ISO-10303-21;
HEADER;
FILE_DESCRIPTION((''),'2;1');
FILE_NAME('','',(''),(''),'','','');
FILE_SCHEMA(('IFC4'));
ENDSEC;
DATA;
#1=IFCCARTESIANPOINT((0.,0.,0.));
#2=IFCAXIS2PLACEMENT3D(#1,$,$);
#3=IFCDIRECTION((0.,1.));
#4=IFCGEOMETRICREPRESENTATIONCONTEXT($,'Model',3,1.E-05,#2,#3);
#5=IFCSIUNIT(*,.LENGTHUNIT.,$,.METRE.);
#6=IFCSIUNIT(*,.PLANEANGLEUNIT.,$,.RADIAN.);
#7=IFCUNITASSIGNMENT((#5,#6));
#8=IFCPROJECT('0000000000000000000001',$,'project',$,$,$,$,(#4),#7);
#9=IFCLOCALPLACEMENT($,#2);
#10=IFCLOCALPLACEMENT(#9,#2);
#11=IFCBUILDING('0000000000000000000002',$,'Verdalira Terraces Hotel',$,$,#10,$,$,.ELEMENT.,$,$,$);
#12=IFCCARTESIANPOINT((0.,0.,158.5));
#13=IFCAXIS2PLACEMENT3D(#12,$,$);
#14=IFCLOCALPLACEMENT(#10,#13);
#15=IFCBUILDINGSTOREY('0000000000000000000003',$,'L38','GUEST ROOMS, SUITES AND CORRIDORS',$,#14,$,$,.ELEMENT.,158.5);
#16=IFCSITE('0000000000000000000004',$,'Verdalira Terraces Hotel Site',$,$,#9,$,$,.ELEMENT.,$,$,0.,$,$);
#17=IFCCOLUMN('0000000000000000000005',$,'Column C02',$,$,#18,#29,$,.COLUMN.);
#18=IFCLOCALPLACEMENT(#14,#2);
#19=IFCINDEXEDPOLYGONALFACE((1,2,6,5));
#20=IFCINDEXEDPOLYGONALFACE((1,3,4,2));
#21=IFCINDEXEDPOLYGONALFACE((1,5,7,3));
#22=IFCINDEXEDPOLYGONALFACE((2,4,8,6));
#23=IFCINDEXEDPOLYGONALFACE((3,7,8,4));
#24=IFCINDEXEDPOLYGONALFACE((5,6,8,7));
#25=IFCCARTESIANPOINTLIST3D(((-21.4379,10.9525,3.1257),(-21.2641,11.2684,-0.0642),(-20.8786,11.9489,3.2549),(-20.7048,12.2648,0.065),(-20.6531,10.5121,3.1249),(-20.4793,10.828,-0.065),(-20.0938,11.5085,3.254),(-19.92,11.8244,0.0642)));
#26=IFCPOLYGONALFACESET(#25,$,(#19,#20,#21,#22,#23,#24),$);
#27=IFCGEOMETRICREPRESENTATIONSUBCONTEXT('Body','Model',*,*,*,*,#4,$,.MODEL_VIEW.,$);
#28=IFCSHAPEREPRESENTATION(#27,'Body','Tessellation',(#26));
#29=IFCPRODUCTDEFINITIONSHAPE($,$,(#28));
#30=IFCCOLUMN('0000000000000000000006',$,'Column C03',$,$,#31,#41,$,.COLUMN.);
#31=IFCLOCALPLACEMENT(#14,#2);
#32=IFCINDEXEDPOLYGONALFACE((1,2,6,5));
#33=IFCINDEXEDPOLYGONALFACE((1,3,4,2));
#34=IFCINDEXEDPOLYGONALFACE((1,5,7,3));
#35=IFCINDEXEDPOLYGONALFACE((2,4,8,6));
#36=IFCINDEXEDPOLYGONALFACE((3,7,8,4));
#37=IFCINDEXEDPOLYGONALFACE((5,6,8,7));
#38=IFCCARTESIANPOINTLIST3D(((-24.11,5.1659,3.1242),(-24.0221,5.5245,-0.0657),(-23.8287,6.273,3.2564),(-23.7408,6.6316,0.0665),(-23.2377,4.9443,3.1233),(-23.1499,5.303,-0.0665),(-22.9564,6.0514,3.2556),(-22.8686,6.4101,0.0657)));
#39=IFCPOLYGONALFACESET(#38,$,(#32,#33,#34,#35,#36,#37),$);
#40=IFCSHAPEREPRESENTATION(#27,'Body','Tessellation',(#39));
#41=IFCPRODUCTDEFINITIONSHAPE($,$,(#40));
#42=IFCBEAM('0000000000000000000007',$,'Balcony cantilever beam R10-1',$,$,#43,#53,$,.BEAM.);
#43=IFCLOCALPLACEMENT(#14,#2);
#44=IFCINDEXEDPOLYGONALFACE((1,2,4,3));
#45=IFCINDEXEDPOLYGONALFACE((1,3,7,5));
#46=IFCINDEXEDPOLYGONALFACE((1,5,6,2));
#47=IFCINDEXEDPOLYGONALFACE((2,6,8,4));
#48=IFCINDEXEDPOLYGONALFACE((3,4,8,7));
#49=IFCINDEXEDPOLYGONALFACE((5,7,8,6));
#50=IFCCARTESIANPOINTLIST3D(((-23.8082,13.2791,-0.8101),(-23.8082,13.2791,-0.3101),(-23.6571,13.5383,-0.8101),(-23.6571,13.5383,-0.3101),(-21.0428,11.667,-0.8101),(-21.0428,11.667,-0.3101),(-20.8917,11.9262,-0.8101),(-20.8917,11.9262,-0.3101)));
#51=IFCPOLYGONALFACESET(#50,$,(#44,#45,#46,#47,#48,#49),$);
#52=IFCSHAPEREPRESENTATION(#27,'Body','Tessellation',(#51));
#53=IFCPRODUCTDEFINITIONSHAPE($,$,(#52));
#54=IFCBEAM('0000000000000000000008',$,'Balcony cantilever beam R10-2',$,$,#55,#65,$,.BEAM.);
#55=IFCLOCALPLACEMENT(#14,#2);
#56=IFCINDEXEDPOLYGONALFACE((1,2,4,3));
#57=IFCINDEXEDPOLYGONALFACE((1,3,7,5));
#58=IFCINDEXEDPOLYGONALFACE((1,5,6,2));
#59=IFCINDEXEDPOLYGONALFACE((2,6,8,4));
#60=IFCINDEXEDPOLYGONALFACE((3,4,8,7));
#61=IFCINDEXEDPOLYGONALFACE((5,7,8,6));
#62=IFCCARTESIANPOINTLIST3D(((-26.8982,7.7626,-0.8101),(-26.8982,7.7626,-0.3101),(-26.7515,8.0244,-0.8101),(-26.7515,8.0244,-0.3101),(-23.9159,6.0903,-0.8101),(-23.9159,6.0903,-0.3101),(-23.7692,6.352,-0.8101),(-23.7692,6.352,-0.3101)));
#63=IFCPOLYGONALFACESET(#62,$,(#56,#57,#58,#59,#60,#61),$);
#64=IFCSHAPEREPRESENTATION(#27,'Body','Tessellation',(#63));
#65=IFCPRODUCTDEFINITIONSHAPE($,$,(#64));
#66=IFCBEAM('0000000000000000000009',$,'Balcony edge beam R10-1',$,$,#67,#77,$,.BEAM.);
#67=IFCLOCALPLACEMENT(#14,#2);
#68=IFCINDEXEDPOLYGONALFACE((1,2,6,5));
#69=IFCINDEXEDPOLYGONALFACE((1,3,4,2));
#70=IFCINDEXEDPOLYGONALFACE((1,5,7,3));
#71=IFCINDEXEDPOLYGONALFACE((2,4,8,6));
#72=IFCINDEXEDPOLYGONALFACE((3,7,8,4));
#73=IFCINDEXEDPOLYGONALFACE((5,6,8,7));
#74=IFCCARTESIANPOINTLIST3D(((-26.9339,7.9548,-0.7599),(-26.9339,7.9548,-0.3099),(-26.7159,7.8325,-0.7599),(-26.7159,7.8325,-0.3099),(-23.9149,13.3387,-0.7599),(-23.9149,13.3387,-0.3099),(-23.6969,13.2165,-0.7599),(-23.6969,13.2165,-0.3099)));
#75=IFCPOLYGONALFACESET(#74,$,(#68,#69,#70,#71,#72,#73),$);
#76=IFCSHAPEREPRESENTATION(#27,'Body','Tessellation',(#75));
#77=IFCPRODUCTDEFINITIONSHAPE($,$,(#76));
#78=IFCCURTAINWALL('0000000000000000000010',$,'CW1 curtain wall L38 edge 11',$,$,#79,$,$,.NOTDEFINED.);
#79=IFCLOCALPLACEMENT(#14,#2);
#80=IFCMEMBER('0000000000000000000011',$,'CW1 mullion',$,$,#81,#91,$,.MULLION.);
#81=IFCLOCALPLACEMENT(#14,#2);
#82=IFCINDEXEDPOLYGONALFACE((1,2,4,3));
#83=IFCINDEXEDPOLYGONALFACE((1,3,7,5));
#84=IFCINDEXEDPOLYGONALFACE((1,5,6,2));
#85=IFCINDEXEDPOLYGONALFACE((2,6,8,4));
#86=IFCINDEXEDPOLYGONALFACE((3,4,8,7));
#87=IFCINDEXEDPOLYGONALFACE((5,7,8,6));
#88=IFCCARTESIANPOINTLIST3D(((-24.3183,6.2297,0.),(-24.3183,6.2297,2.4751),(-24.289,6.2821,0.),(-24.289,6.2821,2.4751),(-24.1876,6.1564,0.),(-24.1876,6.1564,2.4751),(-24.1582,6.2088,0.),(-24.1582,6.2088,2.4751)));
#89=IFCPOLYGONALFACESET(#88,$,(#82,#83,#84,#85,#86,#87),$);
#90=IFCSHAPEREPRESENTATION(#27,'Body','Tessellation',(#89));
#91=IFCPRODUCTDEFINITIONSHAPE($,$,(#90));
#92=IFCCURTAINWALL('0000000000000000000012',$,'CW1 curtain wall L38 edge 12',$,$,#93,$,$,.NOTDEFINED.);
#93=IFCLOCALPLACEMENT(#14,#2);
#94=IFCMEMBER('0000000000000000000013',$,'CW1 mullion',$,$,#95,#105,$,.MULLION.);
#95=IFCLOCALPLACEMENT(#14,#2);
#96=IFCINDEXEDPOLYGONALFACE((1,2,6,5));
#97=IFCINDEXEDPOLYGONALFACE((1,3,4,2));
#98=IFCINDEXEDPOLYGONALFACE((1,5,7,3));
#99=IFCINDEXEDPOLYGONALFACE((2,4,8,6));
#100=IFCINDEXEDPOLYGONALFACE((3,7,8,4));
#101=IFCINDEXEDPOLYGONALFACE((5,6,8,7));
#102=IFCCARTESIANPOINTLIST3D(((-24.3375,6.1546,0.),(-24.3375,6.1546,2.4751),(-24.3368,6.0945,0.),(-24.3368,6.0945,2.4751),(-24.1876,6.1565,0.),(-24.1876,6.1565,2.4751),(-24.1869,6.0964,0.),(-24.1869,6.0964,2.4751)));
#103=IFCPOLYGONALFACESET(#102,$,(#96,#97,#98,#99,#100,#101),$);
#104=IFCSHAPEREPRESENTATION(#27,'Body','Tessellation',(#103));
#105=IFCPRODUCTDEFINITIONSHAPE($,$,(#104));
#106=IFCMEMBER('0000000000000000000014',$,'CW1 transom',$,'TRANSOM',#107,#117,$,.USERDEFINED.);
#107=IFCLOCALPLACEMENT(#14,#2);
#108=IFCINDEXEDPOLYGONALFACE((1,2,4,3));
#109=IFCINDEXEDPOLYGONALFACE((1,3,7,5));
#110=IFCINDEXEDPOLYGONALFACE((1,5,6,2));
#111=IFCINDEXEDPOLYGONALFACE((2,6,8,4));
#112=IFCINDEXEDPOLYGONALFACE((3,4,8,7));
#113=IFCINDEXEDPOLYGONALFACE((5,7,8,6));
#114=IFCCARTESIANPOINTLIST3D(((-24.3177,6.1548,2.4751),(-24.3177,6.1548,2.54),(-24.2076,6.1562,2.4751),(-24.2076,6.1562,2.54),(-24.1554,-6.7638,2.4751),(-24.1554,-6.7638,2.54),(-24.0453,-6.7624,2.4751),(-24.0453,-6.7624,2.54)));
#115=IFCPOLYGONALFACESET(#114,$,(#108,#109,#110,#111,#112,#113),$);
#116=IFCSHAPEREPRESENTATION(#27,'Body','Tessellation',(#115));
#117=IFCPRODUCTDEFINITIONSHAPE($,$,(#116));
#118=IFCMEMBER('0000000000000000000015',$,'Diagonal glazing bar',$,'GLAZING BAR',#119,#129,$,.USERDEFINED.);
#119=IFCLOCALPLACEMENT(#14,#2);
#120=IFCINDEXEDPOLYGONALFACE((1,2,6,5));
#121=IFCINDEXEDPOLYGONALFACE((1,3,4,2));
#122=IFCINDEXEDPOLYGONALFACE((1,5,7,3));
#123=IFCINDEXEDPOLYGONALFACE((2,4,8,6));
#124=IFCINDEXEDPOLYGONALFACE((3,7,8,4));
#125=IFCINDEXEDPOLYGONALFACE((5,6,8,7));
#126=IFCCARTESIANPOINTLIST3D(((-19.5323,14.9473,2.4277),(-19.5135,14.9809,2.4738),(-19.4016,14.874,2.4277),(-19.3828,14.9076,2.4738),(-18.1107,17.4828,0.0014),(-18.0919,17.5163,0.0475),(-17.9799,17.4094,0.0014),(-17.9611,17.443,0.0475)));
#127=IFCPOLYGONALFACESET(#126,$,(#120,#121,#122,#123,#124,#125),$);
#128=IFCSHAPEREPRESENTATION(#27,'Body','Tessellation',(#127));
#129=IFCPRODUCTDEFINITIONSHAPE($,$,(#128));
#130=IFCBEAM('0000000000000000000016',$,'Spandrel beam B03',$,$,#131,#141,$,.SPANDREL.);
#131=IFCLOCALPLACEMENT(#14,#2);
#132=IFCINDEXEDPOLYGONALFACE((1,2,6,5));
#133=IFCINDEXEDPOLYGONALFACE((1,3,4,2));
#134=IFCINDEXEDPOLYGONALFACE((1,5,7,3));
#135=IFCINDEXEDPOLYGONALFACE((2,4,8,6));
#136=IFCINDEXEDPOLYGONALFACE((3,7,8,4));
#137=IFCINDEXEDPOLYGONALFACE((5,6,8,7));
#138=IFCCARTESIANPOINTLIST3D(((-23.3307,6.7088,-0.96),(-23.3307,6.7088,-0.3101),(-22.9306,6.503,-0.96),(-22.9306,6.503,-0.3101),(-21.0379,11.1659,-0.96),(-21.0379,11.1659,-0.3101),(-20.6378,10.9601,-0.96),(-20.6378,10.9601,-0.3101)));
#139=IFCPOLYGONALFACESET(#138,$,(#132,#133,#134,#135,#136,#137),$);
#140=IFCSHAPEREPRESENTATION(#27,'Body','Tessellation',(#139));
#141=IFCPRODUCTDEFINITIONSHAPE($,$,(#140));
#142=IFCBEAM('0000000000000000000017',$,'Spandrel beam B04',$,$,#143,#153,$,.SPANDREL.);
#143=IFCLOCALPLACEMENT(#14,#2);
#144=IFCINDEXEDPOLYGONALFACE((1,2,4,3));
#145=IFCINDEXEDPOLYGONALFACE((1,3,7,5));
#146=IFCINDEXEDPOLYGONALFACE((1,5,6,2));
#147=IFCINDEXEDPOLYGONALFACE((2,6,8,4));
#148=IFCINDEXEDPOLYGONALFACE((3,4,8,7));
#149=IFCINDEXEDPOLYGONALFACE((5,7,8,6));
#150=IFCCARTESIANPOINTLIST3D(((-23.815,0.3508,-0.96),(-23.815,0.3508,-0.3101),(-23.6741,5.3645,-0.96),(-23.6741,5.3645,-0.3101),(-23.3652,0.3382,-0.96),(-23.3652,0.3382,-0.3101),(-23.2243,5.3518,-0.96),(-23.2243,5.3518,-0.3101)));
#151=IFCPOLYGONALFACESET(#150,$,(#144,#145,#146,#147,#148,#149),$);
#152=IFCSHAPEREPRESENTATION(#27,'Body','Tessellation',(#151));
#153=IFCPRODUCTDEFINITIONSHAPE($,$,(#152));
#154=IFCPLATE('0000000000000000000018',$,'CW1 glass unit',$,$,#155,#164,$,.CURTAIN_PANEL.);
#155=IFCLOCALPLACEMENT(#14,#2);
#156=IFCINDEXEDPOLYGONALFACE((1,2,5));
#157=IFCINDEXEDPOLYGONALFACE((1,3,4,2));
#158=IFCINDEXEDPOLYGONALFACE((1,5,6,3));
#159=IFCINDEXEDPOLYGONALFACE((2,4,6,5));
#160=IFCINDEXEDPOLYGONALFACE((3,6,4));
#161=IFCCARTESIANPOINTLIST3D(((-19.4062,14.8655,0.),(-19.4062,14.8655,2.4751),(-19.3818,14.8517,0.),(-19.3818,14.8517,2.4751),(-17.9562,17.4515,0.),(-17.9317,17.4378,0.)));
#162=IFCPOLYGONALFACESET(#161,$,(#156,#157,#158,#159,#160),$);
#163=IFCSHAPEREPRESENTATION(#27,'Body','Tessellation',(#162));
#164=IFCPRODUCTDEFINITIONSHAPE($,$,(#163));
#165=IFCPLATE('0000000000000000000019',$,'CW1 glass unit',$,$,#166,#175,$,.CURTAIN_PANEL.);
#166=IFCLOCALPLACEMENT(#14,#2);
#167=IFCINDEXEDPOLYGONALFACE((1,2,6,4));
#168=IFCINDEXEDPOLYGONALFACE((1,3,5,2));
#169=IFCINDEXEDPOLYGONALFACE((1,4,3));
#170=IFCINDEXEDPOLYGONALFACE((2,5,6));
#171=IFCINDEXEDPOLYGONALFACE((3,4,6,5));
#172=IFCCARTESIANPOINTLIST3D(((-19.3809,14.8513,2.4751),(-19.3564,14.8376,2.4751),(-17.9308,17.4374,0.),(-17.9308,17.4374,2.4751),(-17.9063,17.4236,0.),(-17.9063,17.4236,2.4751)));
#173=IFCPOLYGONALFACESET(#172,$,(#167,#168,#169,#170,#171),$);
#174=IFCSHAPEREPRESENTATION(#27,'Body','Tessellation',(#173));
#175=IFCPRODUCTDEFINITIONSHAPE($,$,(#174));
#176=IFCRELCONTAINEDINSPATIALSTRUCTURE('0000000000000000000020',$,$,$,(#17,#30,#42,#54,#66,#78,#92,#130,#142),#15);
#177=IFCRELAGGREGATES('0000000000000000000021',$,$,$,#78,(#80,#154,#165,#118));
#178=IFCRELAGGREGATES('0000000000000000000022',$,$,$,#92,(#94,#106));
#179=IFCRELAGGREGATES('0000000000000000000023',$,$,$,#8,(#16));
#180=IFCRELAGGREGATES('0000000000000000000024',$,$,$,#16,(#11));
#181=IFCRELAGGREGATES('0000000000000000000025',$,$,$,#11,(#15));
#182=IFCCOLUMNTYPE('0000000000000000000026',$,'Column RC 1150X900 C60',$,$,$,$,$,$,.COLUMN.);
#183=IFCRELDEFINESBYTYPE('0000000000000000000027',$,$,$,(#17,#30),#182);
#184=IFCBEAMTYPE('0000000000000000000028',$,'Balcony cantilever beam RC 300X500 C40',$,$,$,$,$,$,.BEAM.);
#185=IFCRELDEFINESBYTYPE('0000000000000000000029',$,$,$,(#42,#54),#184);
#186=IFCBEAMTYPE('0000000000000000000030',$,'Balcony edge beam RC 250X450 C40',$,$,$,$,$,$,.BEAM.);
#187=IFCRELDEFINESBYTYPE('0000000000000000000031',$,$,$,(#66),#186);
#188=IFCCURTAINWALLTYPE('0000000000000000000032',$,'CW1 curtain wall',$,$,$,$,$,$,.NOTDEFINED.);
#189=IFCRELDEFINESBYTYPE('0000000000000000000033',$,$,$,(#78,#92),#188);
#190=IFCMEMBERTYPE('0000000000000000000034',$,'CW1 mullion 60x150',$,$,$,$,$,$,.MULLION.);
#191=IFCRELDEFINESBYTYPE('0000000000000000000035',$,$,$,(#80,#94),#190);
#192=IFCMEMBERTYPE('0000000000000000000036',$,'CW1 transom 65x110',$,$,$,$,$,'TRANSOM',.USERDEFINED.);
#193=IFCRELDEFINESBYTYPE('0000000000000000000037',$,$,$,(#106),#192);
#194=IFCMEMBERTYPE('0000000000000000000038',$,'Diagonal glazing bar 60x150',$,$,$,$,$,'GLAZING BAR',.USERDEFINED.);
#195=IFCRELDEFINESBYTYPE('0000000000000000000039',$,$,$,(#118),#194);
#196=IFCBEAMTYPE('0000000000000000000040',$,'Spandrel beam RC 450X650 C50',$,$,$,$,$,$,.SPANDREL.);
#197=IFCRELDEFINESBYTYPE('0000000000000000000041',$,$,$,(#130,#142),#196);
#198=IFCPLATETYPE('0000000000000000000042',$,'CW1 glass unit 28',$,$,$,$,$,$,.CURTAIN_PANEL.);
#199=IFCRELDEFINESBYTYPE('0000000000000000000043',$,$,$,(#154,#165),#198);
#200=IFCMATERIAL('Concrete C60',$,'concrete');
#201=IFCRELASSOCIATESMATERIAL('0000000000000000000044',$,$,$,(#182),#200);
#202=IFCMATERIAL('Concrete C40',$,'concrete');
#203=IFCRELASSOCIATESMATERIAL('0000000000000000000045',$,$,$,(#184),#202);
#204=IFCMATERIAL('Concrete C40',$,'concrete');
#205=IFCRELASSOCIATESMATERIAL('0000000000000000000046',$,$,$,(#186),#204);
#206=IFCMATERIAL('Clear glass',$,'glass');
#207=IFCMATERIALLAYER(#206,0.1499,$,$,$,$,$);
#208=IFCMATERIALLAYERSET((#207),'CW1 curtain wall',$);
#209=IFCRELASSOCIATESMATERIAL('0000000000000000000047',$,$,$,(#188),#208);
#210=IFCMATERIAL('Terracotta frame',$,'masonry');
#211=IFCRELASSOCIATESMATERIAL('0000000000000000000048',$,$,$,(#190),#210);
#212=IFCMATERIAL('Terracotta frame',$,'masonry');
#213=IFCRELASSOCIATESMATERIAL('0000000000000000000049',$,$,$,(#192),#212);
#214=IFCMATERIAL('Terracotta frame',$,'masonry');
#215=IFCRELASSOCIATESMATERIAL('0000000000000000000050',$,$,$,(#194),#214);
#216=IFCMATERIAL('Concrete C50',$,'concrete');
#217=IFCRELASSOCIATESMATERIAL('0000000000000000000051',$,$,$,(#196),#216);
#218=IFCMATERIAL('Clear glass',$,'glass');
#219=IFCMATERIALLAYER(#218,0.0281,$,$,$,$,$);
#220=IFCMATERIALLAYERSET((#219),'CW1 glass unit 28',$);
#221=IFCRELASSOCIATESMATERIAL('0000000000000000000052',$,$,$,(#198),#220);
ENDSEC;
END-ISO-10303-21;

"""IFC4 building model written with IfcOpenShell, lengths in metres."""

from ifc_helpers import new_model, si_unit, direction, frame, origin, origin_2d, place, context, subcontext, project, spatial, polyline, rectangle, outline, extrude, material, layer, layer_set, material_profile, profile_set, type_object, element, aggregate, save


model = new_model("IFC4")

# Units and contexts
model_context = context("Model", 3, precision=1e-05, world=origin(), true_north=direction((0.0, 1.0)))
body_context = subcontext(model_context, "Body", "Model", "MODEL_VIEW")
ifc_project = project(units=[si_unit("LENGTHUNIT", "METRE"), si_unit("PLANEANGLEUNIT", "RADIAN")], contexts=[model_context])

# Site, building, storey
site_placement = place(None, origin())
site = spatial("IfcSite", under=ifc_project, at=site_placement, Name="Verdalira Terraces Hotel Site", CompositionType="ELEMENT", RefElevation=0.0)
building_placement = place(site_placement, origin())
building = spatial("IfcBuilding", under=site, at=building_placement, Name="Verdalira Terraces Hotel", CompositionType="ELEMENT")
storey_placement = place(building_placement, frame((0.0, 0.0, 158.5)))
storey = spatial("IfcBuildingStorey", under=building, at=storey_placement, Name="L38", Description="GUEST ROOMS, SUITES AND CORRIDORS", CompositionType="ELEMENT", Elevation=158.5)

# Columns
ifc_material_1 = material(Name="Concrete C60", Category="concrete")
ifc_material_profile_1 = material_profile(ifc_material_1, rectangle(XDim=1.1499, YDim=0.8999, at=origin_2d()), Name="RC 1150X900")
ifc_profile_set_1 = profile_set([ifc_material_profile_1], Name="Concrete C60")
column_type = type_object("IfcColumnType", Name="Column RC 1150X900 C60", PredefinedType="COLUMN", material=ifc_profile_set_1)
column_1_placement = place(storey_placement, frame((-20.592, 11.5464, 0.0), z_axis=(-0.054148, -0.098409, 0.993672), x_axis=(-0.486394, -0.86649, -0.112318)))
element("IfcColumn", 1, at=column_1_placement, inside=storey, type_object=column_type, Name="Column C02", PredefinedType="COLUMN", context=body_context, shape_type="SweptSolid", body=[
    extrude(rectangle(XDim=1.1499, YDim=0.8999, at=origin_2d()), origin(), (0.0, 0.0, 1.0), 3.2102),
])
column_2_placement = place(storey_placement, frame((-23.4453, 5.9673, 0.0), z_axis=(-0.02737, -0.111683, 0.993367), x_axis=(0.244625, 0.962776, 0.114984)))
element("IfcColumn", 2, at=column_2_placement, inside=storey, type_object=column_type, Name="Column C03", PredefinedType="COLUMN", context=body_context, shape_type="SweptSolid", body=[
    extrude(rectangle(XDim=1.1499, YDim=0.8999, at=origin_2d()), origin(), (0.0, 0.0, 1.0), 3.2112),
])

# Beams
ifc_material_2 = material(Name="Concrete C40", Category="concrete")
ifc_material_profile_2 = material_profile(ifc_material_2, rectangle(XDim=0.3, YDim=0.5, at=origin_2d()), Name="RC 300X500")
ifc_profile_set_2 = profile_set([ifc_material_profile_2], Name="Concrete C40")
beam_type_1 = type_object("IfcBeamType", Name="Balcony cantilever beam RC 300X500 C40", PredefinedType="BEAM", material=ifc_profile_set_2)
beam_1_placement = place(storey_placement, frame((-20.9673, 11.7966, -0.5601), z_axis=(-0.863925, 0.50362, 0.0), x_axis=(-0.50362, -0.863925, 0.0)))
element("IfcBeam", 3, at=beam_1_placement, inside=storey, type_object=beam_type_1, Name="Balcony cantilever beam R10-1", PredefinedType="BEAM", context=body_context, shape_type="SweptSolid", body=[
    extrude(rectangle(XDim=0.3, YDim=0.5, at=origin_2d()), origin(), (0.0, 0.0, 1.0), 3.2009),
])
beam_2_placement = place(storey_placement, frame((-23.8425, 6.2212, -0.5601), z_axis=(-0.872231, 0.489095, 0.0), x_axis=(-0.489095, -0.872231, 0.0)))
element("IfcBeam", 4, at=beam_2_placement, inside=storey, type_object=beam_type_1, Name="Balcony cantilever beam R10-2", PredefinedType="BEAM", context=body_context, shape_type="SweptSolid", body=[
    extrude(rectangle(XDim=0.3, YDim=0.5, at=origin_2d()), origin(), (0.0, 0.0, 1.0), 3.4192),
])
ifc_material_3 = material(Name="Concrete C40", Category="concrete")
ifc_material_profile_3 = material_profile(ifc_material_3, rectangle(XDim=0.25, YDim=0.45, at=origin_2d()), Name="RC 250X450")
ifc_profile_set_3 = profile_set([ifc_material_profile_3], Name="Concrete C40")
beam_type_2 = type_object("IfcBeamType", Name="Balcony edge beam RC 250X450 C40", PredefinedType="BEAM", material=ifc_profile_set_3)
beam_3_placement = place(storey_placement, frame((-23.8059, 13.2776, -0.5349), z_axis=(-0.489095, -0.872231, 0.0), x_axis=(0.872231, -0.489095, 0.0)))
element("IfcBeam", 5, at=beam_3_placement, inside=storey, type_object=beam_type_2, Name="Balcony edge beam R10-1", PredefinedType="BEAM", context=body_context, shape_type="SweptSolid", body=[
    extrude(rectangle(XDim=0.25, YDim=0.45, at=origin_2d()), origin(), (0.0, 0.0, 1.0), 6.1726),
])

# Curtain wall, member
ifc_material_4 = material(Name="Clear glass", Category="glass")
ifc_layer_1 = layer(ifc_material_4, 0.1499)
ifc_layer_set_1 = layer_set([ifc_layer_1], Name="CW1 curtain wall")
curtain_wall_type = type_object("IfcCurtainWallType", Name="CW1 curtain wall", PredefinedType="NOTDEFINED", material=ifc_layer_set_1)
curtain_wall_1_placement = place(storey_placement, origin())
curtain_wall_1 = element("IfcCurtainWall", 6, at=curtain_wall_1_placement, inside=storey, type_object=curtain_wall_type, Name="CW1 curtain wall L38 edge 11", PredefinedType="NOTDEFINED")
ifc_material_5 = material(Name="Terracotta frame", Category="masonry")
ifc_material_profile_4 = material_profile(ifc_material_5, rectangle(XDim=0.0601, YDim=0.1499, at=origin_2d()), Name="MU 60x150")
ifc_profile_set_4 = profile_set([ifc_material_profile_4], Name="Terracotta frame")
member_type_1 = type_object("IfcMemberType", Name="CW1 mullion 60x150", PredefinedType="MULLION", material=ifc_profile_set_4)
member_1_placement = place(storey_placement, frame((-24.2383, 6.2192, 0.0), z_axis=(0.0, 0.0, 1.0), x_axis=(-0.489078, -0.87224, 0.0)))
member_1 = element("IfcMember", 7, at=member_1_placement, type_object=member_type_1, Name="CW1 mullion", PredefinedType="MULLION", context=body_context, shape_type="SweptSolid", body=[
    extrude(rectangle(XDim=0.0601, YDim=0.1499, at=origin_2d()), origin(), (0.0, 0.0, 1.0), 2.4751),
])

# Curtain wall, members
curtain_wall_2_placement = place(storey_placement, origin())
curtain_wall_2 = element("IfcCurtainWall", 8, at=curtain_wall_2_placement, inside=storey, type_object=curtain_wall_type, Name="CW1 curtain wall L38 edge 12", PredefinedType="NOTDEFINED")
member_2_placement = place(storey_placement, frame((-24.2622, 6.1255, 0.0), z_axis=(0.0, 0.0, 1.0), x_axis=(0.012566, -0.999921, 0.0)))
member_2 = element("IfcMember", 9, at=member_2_placement, type_object=member_type_1, Name="CW1 mullion", PredefinedType="MULLION", context=body_context, shape_type="SweptSolid", body=[
    extrude(rectangle(XDim=0.0601, YDim=0.1499, at=origin_2d()), origin(), (0.0, 0.0, 1.0), 2.4751),
])
ifc_material_6 = material(Name="Terracotta frame", Category="masonry")
ifc_material_profile_5 = material_profile(ifc_material_6, rectangle(XDim=0.1101, YDim=0.0649, at=origin_2d()), Name="TR 65x110")
ifc_profile_set_5 = profile_set([ifc_material_profile_5], Name="Terracotta frame")
member_type_2 = type_object("IfcMemberType", Name="CW1 transom 65x110", ElementType="TRANSOM", PredefinedType="USERDEFINED", material=ifc_profile_set_5)
member_3_placement = place(storey_placement, frame((-24.2627, 6.1555, 2.5076), z_axis=(0.012566, -0.999921, 0.0), x_axis=(0.999921, 0.012566, 0.0)))
member_3 = element("IfcMember", 10, at=member_3_placement, type_object=member_type_2, Name="CW1 transom", ObjectType="TRANSOM", PredefinedType="USERDEFINED", context=body_context, shape_type="SweptSolid", body=[
    extrude(rectangle(XDim=0.1101, YDim=0.0649, at=origin_2d()), origin(), (0.0, 0.0, 1.0), 12.9197),
])

# Member
ifc_material_7 = material(Name="Terracotta frame", Category="masonry")
ifc_material_profile_6 = material_profile(ifc_material_7, rectangle(XDim=0.1499, YDim=0.0601, at=origin_2d()), Name="GB 60x150")
ifc_profile_set_6 = profile_set([ifc_material_profile_6], Name="Terracotta frame")
member_type_3 = type_object("IfcMemberType", Name="Diagonal glazing bar 60x150", ElementType="GLAZING BAR", PredefinedType="USERDEFINED", material=ifc_profile_set_6)
member_4_placement = place(storey_placement, frame((-18.0359, 17.4629, 0.0244), z_axis=(-0.375467, -0.669625, 0.640802), x_axis=(0.872241, -0.489076, 0.0)))
member_4 = element("IfcMember", 11, at=member_4_placement, type_object=member_type_3, Name="Diagonal glazing bar", ObjectType="GLAZING BAR", PredefinedType="USERDEFINED", context=body_context, shape_type="SweptSolid", body=[
    extrude(rectangle(XDim=0.1499, YDim=0.0601, at=origin_2d()), origin(), (0.0, 0.0, 1.0), 3.7864),
])

# Beams
ifc_material_8 = material(Name="Concrete C50", Category="concrete")
ifc_material_profile_7 = material_profile(ifc_material_8, rectangle(XDim=0.45, YDim=0.6499, at=origin_2d()), Name="RC 450X650")
ifc_profile_set_7 = profile_set([ifc_material_profile_7], Name="Concrete C50")
beam_type_3 = type_object("IfcBeamType", Name="Spandrel beam RC 450X650 C50", PredefinedType="SPANDREL", material=ifc_profile_set_7)
beam_4_placement = place(storey_placement, frame((-20.8379, 11.063, -0.635), z_axis=(-0.457433, -0.889244, 0.0), x_axis=(0.889244, -0.457433, 0.0)))
element("IfcBeam", 12, at=beam_4_placement, inside=storey, type_object=beam_type_3, Name="Spandrel beam B03", PredefinedType="SPANDREL", context=body_context, shape_type="SweptSolid", body=[
    extrude(rectangle(XDim=0.45, YDim=0.6499, at=origin_2d()), origin(), (0.0, 0.0, 1.0), 5.0122),
])
beam_5_placement = place(storey_placement, frame((-23.4492, 5.3582, -0.635), z_axis=(-0.028086, -0.999606, 0.0), x_axis=(0.999606, -0.028086, 0.0)))
element("IfcBeam", 13, at=beam_5_placement, inside=storey, type_object=beam_type_3, Name="Spandrel beam B04", PredefinedType="SPANDREL", context=body_context, shape_type="SweptSolid", body=[
    extrude(rectangle(XDim=0.45, YDim=0.6499, at=origin_2d()), origin(), (0.0, 0.0, 1.0), 5.0156),
])

# Plates
ifc_material_9 = material(Name="Clear glass", Category="glass")
ifc_layer_2 = layer(ifc_material_9, 0.0281)
ifc_layer_set_2 = layer_set([ifc_layer_2], Name="CW1 glass unit 28")
plate_type = type_object("IfcPlateType", Name="CW1 glass unit 28", PredefinedType="CURTAIN_PANEL", material=ifc_layer_set_2)
plate_1_placement = place(storey_placement, frame((-18.6567, 16.1448, 1.2375), z_axis=(-0.87224, 0.489078, 0.0), x_axis=(-0.489078, -0.87224, 0.0)))
plate_1 = element("IfcPlate", 14, at=plate_1_placement, type_object=plate_type, Name="CW1 glass unit", PredefinedType="CURTAIN_PANEL", context=body_context, shape_type="SweptSolid", body=[
    extrude(outline(polyline([(-1.4824, -1.2375), (1.4824, -1.2375), (1.4824, 1.2375), (-1.4824, -1.2375)])), origin(), (0.0, 0.0, 1.0), 0.0281),
])
plate_2_placement = place(storey_placement, frame((-18.6313, 16.1306, 1.2375), z_axis=(-0.87224, 0.489078, 0.0), x_axis=(-0.489078, -0.87224, 0.0)))
plate_2 = element("IfcPlate", 15, at=plate_2_placement, type_object=plate_type, Name="CW1 glass unit", PredefinedType="CURTAIN_PANEL", context=body_context, shape_type="SweptSolid", body=[
    extrude(outline(polyline([(-1.4824, -1.2375), (1.4824, 1.2375), (-1.4824, 1.2375), (-1.4824, -1.2375)])), origin(), (0.0, 0.0, 1.0), 0.0281),
])
aggregate(curtain_wall_1, [member_1, plate_1, plate_2, member_4])
aggregate(curtain_wall_2, [member_2, member_3])

save(model, "model.ifc")
